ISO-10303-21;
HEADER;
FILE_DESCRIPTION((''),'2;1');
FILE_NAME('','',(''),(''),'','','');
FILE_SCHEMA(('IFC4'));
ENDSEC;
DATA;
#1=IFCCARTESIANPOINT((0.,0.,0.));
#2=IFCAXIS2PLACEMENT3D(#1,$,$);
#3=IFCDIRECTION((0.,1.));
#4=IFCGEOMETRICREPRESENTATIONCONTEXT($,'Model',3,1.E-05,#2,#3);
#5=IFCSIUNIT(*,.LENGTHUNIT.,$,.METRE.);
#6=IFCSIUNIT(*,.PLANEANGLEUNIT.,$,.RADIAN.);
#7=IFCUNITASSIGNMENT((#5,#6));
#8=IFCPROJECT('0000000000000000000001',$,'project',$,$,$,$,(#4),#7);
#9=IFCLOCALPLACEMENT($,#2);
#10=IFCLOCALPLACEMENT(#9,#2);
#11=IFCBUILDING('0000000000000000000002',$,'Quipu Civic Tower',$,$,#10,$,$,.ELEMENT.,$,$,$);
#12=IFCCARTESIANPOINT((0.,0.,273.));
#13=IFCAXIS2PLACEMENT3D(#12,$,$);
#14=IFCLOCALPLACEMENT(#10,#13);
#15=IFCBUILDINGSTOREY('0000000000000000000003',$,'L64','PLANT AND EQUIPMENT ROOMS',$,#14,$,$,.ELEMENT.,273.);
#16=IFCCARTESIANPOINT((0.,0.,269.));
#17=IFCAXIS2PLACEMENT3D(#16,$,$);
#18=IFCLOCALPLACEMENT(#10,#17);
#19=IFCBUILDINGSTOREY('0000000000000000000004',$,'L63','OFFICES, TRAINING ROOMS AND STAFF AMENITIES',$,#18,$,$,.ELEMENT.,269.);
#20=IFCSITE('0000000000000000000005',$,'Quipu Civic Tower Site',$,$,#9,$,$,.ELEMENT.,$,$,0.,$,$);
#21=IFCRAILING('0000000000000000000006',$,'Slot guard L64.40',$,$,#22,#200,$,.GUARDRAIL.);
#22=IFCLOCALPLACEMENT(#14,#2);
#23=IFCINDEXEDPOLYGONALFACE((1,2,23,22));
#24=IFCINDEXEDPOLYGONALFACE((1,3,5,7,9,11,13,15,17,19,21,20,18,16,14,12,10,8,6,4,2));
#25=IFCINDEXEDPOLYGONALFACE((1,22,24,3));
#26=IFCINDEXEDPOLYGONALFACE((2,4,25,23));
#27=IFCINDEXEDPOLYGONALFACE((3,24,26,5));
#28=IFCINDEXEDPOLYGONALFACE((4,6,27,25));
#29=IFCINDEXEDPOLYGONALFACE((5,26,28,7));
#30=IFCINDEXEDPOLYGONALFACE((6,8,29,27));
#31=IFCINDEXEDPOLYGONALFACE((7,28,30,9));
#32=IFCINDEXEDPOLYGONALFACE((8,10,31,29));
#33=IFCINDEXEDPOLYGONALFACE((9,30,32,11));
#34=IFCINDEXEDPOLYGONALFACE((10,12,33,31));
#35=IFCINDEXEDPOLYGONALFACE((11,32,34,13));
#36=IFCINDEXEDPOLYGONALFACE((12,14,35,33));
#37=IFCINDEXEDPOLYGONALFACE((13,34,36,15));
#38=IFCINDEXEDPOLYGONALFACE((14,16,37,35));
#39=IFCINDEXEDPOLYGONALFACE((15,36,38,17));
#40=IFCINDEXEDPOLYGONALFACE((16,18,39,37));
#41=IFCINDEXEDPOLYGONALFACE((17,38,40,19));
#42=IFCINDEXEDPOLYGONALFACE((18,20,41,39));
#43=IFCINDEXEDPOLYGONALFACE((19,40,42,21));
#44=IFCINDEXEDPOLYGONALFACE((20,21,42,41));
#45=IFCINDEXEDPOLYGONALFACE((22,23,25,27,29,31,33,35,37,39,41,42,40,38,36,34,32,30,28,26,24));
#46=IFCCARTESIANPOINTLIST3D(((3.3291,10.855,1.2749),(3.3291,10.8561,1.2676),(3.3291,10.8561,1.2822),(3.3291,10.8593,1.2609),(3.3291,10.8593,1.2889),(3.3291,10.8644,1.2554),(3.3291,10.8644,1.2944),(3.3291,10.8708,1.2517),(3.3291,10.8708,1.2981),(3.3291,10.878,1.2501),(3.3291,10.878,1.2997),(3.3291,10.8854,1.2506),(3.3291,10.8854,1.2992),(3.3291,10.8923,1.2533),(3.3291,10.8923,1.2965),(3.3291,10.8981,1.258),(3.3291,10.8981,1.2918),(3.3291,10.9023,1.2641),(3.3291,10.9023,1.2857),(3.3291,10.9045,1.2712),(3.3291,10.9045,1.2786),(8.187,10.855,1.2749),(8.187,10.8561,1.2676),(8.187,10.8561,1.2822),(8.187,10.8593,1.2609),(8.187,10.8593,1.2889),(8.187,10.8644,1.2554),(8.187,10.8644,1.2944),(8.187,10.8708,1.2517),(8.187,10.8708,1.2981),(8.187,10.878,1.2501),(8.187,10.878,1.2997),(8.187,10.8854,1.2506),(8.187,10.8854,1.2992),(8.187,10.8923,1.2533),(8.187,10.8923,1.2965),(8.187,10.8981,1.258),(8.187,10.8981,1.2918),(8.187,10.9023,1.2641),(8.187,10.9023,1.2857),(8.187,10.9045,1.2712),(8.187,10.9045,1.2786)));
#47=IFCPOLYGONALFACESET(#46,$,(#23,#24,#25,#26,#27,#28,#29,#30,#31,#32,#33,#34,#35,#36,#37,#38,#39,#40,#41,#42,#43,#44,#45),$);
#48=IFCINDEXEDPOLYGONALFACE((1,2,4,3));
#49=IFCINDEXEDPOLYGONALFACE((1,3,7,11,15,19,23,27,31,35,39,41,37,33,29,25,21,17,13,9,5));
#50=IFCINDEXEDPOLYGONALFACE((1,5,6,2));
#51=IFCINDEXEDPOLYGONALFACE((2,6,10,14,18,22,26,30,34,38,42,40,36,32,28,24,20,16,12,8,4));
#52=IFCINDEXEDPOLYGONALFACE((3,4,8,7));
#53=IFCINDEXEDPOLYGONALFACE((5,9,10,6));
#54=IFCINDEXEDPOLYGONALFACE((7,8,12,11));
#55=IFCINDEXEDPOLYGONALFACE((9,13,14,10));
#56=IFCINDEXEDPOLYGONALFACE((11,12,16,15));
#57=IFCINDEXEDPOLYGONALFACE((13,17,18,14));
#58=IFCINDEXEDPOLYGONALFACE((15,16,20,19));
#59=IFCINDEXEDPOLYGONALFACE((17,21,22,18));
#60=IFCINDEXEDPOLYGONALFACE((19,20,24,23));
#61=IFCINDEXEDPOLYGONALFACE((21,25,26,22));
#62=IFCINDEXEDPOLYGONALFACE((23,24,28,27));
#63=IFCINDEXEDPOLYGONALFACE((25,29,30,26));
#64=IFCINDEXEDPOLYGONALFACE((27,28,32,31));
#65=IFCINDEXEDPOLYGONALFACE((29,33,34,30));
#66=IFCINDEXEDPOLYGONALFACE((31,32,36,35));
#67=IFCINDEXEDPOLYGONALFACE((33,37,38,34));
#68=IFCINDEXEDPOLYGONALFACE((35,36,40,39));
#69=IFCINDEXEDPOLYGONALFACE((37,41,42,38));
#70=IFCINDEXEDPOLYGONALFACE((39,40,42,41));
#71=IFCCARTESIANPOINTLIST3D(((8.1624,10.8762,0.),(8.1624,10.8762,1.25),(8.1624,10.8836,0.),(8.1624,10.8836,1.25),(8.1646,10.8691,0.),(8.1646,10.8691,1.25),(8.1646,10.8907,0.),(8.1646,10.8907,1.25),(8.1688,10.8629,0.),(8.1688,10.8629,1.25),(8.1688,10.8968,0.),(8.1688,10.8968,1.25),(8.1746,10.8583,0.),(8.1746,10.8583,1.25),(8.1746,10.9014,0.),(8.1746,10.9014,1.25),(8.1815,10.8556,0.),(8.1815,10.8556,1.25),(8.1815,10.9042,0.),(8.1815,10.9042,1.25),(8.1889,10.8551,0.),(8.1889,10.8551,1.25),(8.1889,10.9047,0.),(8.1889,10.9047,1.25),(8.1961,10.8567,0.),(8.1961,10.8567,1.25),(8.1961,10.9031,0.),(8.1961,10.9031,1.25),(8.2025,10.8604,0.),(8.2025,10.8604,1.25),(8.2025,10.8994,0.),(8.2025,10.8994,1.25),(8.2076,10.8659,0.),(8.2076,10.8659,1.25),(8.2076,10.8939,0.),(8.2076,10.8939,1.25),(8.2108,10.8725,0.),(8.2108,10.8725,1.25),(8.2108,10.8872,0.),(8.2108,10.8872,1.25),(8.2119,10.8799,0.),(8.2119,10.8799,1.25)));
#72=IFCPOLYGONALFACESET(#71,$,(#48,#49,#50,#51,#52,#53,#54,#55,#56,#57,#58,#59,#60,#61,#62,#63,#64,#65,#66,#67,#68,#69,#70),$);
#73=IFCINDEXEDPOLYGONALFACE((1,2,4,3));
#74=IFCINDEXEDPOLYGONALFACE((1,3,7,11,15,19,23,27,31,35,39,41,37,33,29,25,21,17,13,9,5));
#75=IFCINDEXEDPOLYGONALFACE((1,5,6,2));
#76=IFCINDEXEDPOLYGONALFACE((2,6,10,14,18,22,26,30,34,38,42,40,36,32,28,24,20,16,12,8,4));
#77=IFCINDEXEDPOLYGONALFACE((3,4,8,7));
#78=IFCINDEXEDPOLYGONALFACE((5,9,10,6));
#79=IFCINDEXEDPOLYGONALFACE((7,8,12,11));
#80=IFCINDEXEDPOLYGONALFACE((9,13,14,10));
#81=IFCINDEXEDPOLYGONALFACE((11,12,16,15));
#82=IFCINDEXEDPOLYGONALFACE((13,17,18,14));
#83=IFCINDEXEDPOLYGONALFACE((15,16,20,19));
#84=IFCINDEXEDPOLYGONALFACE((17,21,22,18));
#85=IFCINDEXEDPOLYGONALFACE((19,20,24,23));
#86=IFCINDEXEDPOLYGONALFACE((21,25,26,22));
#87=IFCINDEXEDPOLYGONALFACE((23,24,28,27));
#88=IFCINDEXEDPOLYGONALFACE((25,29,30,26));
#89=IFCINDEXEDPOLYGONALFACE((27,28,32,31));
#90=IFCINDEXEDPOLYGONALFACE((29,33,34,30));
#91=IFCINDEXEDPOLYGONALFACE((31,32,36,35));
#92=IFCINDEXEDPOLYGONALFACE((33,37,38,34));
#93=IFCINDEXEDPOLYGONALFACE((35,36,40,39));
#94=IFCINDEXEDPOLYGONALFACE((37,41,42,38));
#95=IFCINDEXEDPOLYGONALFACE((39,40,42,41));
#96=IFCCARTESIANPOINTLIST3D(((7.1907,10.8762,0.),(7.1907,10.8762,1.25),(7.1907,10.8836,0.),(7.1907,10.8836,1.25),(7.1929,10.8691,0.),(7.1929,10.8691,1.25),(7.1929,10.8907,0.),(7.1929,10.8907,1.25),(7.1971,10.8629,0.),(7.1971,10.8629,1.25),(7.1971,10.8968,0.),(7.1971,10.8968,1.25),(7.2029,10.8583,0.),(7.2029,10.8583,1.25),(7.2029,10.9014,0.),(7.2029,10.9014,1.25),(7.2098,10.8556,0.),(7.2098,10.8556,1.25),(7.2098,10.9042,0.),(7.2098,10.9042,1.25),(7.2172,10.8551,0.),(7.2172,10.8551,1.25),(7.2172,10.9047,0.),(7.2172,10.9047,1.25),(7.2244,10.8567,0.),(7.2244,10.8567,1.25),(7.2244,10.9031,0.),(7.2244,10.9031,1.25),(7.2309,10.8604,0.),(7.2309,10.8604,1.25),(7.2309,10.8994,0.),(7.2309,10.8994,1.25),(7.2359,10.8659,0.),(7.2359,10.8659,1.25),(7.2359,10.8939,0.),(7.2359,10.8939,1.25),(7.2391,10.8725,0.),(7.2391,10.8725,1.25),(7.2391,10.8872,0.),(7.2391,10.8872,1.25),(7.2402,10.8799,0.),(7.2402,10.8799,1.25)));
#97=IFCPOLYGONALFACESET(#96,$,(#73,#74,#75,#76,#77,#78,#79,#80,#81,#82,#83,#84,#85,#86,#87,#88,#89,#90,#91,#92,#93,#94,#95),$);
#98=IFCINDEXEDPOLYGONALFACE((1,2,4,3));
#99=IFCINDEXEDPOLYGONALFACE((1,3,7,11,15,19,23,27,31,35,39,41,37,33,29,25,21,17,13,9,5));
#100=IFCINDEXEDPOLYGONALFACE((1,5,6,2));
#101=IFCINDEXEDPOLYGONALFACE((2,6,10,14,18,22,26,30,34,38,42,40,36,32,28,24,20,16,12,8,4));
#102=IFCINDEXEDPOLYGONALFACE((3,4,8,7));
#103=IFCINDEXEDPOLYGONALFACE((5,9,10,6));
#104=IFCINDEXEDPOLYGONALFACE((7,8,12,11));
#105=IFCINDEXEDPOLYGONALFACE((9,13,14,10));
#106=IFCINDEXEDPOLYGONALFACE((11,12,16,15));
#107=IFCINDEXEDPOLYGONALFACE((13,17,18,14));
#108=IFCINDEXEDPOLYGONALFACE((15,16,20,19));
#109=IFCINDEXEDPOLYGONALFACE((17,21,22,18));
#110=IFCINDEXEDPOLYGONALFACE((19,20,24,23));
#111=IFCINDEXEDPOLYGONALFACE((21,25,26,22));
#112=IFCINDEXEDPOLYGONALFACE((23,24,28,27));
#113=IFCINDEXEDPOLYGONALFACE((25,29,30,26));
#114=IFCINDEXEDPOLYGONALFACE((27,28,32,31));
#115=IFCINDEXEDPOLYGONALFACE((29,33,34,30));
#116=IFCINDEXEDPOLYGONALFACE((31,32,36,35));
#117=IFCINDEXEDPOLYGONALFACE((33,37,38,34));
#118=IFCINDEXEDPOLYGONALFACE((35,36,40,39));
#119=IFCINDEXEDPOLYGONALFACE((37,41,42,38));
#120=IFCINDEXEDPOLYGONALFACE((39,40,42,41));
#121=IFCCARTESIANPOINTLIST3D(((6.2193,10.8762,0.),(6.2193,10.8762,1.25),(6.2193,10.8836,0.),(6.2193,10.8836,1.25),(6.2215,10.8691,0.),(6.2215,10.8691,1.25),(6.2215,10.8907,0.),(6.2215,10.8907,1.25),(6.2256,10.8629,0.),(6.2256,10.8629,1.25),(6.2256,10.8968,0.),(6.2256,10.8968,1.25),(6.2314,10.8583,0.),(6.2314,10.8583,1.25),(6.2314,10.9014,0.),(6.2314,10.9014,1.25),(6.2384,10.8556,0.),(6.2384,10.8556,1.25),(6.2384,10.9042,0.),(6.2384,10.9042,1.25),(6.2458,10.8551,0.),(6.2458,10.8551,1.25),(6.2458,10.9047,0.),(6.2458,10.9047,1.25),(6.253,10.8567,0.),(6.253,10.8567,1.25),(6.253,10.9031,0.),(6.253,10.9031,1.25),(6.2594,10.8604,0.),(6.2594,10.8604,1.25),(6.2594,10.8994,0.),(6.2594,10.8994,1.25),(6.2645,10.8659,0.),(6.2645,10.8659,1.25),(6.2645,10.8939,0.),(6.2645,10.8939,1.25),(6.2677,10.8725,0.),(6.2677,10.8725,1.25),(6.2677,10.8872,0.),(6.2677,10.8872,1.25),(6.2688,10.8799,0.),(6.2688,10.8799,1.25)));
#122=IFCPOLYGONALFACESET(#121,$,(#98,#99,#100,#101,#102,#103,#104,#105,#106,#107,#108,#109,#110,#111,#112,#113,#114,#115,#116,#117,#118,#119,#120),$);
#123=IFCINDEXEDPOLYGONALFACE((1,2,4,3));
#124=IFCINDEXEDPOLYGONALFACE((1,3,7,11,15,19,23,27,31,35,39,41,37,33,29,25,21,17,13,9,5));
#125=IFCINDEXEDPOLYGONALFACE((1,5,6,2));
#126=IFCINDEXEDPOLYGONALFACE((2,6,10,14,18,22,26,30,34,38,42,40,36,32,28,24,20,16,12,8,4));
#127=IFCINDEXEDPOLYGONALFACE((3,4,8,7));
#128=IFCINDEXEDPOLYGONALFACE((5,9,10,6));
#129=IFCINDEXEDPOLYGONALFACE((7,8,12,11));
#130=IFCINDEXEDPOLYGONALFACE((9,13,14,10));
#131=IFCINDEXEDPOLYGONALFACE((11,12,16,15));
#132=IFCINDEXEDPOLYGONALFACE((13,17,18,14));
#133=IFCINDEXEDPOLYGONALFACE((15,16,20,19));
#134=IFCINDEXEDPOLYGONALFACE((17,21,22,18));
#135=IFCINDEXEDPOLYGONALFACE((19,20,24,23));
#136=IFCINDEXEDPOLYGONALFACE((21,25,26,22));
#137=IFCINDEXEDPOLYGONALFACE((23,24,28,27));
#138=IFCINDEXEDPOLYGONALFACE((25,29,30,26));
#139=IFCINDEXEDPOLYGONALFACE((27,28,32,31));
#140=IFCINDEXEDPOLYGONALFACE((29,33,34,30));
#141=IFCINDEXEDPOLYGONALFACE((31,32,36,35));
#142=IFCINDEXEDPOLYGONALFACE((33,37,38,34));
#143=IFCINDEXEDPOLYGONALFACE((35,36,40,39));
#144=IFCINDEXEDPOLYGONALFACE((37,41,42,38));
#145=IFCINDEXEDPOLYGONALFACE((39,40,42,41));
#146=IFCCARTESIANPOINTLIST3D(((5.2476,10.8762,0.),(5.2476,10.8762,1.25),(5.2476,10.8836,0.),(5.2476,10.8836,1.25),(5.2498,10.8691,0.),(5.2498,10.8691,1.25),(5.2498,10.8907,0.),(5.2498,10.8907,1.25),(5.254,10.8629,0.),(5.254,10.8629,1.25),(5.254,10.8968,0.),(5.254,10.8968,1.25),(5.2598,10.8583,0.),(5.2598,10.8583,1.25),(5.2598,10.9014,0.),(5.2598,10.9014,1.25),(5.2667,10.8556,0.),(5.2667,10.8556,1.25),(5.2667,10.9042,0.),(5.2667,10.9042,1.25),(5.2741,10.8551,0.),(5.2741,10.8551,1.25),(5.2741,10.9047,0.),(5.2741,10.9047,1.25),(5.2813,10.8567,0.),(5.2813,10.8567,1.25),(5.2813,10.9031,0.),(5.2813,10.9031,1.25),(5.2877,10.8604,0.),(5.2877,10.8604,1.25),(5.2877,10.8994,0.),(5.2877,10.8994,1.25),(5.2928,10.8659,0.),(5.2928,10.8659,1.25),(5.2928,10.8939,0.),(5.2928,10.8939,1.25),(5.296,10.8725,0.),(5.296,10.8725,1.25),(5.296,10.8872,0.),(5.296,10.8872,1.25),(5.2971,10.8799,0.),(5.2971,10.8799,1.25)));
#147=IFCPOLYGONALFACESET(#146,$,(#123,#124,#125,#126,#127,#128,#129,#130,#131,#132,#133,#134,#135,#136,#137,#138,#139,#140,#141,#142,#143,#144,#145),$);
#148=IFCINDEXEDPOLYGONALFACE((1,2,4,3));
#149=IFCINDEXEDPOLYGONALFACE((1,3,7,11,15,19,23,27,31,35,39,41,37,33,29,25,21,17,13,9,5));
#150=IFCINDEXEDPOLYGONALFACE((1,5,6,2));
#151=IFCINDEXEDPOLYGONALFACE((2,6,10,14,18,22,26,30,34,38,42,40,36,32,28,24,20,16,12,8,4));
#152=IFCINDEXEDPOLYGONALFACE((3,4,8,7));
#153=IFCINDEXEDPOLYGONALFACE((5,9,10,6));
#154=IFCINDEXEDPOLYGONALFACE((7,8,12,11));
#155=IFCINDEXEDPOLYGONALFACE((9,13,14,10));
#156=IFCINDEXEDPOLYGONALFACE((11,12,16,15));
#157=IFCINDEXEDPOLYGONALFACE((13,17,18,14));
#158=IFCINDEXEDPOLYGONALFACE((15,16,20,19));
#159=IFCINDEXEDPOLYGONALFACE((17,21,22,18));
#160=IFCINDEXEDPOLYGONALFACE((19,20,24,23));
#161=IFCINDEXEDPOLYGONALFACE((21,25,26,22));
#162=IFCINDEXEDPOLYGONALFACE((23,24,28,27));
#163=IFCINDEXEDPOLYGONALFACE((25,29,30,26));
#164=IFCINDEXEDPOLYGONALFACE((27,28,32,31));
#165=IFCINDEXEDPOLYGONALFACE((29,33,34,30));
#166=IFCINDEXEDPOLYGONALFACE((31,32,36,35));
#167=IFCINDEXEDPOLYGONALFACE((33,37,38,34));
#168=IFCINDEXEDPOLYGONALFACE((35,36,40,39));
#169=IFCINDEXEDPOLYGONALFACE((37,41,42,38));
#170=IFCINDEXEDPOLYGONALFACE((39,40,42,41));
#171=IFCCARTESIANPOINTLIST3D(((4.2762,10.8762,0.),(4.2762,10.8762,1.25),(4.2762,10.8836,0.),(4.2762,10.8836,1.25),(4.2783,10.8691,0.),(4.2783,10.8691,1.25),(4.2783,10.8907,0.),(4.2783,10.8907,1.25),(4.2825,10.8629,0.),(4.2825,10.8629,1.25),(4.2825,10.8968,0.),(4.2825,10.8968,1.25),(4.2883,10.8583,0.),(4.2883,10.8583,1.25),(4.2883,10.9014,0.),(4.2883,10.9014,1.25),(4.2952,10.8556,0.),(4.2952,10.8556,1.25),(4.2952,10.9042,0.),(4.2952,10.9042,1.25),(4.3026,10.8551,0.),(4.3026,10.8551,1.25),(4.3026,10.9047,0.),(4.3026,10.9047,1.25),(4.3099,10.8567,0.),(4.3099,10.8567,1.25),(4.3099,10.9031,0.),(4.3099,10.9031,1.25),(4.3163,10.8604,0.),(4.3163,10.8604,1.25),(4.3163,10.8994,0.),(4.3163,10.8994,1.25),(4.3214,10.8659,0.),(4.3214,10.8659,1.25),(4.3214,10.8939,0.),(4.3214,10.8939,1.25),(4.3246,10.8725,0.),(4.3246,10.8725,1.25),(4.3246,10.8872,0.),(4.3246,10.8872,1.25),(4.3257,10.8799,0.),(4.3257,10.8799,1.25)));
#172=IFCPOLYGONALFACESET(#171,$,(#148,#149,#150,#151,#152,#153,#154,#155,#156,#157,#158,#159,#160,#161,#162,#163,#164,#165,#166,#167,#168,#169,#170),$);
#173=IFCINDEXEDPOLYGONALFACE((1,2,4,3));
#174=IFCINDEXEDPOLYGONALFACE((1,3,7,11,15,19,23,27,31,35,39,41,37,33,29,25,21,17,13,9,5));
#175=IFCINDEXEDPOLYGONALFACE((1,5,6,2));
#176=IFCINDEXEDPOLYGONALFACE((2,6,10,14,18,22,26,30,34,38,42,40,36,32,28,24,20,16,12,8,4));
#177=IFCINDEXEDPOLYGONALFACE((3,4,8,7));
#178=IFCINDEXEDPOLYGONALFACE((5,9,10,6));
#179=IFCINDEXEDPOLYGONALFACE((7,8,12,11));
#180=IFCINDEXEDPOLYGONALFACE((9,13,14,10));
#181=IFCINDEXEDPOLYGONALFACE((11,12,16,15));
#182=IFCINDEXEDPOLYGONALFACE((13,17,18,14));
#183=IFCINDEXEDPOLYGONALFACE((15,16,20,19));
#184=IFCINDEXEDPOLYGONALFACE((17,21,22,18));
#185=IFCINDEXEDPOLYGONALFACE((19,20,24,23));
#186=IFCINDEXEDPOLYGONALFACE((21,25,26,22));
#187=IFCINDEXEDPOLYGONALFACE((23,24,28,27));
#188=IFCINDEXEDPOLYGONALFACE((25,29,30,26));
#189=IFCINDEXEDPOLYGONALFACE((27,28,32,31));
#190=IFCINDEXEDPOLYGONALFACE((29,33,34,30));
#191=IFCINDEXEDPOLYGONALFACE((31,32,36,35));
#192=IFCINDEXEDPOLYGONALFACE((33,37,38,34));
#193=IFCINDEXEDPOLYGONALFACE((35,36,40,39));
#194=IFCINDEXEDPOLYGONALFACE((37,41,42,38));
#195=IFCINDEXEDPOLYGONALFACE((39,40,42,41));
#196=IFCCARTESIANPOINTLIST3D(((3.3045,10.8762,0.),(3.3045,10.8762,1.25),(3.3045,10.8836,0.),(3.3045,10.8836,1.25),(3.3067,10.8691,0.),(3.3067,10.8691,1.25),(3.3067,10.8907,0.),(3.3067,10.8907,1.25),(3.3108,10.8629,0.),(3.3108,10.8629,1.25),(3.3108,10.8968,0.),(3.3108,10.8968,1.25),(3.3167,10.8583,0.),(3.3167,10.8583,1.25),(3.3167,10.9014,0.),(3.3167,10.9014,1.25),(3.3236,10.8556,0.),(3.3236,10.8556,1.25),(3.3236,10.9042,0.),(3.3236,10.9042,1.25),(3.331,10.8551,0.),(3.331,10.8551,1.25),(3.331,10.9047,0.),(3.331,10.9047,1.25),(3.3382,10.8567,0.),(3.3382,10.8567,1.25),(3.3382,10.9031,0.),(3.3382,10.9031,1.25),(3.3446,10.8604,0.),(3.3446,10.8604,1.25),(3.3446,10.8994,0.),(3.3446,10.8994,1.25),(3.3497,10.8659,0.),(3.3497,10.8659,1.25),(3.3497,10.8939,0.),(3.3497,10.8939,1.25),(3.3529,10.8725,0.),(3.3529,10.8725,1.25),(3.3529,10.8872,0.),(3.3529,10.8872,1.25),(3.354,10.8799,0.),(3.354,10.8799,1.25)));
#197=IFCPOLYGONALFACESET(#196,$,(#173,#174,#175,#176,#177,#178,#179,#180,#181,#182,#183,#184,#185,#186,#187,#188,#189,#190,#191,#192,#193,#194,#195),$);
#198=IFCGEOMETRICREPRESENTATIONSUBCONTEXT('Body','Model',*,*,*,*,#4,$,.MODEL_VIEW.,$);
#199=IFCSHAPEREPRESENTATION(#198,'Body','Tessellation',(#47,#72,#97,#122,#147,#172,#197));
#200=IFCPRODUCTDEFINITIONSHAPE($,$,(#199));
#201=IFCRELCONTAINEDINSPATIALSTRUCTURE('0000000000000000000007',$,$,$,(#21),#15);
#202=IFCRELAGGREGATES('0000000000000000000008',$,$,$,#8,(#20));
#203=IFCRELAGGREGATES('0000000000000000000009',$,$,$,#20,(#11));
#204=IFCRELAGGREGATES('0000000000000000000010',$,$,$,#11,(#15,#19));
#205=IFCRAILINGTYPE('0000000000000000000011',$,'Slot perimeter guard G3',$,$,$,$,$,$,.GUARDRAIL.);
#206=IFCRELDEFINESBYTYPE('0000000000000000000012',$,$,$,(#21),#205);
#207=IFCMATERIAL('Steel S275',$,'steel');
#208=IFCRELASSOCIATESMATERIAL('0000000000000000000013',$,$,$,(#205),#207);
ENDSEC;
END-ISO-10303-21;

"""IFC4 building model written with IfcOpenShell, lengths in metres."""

from ifc_helpers import new_model, si_unit, direction, frame, origin, origin_2d, place, context, subcontext, project, spatial, circle, extrude, material, type_object, element, save


model = new_model("IFC4")

# Units and contexts
model_context = context("Model", 3, precision=1e-05, world=origin(), true_north=direction((0.0, 1.0)))
body_context = subcontext(model_context, "Body", "Model", "MODEL_VIEW")
ifc_project = project(units=[si_unit("LENGTHUNIT", "METRE"), si_unit("PLANEANGLEUNIT", "RADIAN")], contexts=[model_context])

# Site, building, storey
site_placement = place(None, origin())
site = spatial("IfcSite", under=ifc_project, at=site_placement, Name="Quipu Civic Tower Site", CompositionType="ELEMENT", RefElevation=0.0)
building_placement = place(site_placement, origin())
building = spatial("IfcBuilding", under=site, at=building_placement, Name="Quipu Civic Tower", CompositionType="ELEMENT")
storey_1_placement = place(building_placement, frame((0.0, 0.0, 273.0)))
storey_1 = spatial("IfcBuildingStorey", under=building, at=storey_1_placement, Name="L64", Description="PLANT AND EQUIPMENT ROOMS", CompositionType="ELEMENT", Elevation=273.0)

# Shared definitions
storey_2_placement = place(building_placement, frame((0.0, 0.0, 269.0)))
storey_2 = spatial("IfcBuildingStorey", under=building, at=storey_2_placement, Name="L63", Description="OFFICES, TRAINING ROOMS AND STAFF AMENITIES", CompositionType="ELEMENT", Elevation=269.0)

# Railing
ifc_material_1 = material(Name="Steel S275", Category="steel")
railing_type_1 = type_object("IfcRailingType", Name="Slot perimeter guard G3", PredefinedType="GUARDRAIL", material=ifc_material_1)
railing_1_placement = place(storey_1_placement, frame((8.187, 10.8799, 0.0)))
element("IfcRailing", 1, at=railing_1_placement, inside=storey_1, type_object=railing_type_1, Name="Slot guard L64.40", PredefinedType="GUARDRAIL", context=body_context, shape_type="SweptSolid", body=[
    extrude(circle(Radius=0.0249, at=origin_2d()), frame((0.0, 0.0, 1.2749), z_axis=(-1.0, 0.0, 0.0), x_axis=(0.0, -1.0, 0.0)), (0.0, 0.0, 1.0), 4.8579),
    extrude(circle(Radius=0.0249, at=origin_2d()), origin(), (0.0, 0.0, 1.0), 1.25),
    extrude(circle(Radius=0.0249, at=origin_2d()), frame((-0.9717, 0.0, 0.0)), (0.0, 0.0, 1.0), 1.25),
    extrude(circle(Radius=0.0249, at=origin_2d()), frame((-1.9431, 0.0, 0.0)), (0.0, 0.0, 1.0), 1.25),
    extrude(circle(Radius=0.0249, at=origin_2d()), frame((-2.9148, 0.0, 0.0)), (0.0, 0.0, 1.0), 1.25),
    extrude(circle(Radius=0.0249, at=origin_2d()), frame((-3.8862, 0.0, 0.0)), (0.0, 0.0, 1.0), 1.25),
    extrude(circle(Radius=0.0249, at=origin_2d()), frame((-4.8579, 0.0, 0.0)), (0.0, 0.0, 1.0), 1.25),
])

save(model, "model.ifc")
